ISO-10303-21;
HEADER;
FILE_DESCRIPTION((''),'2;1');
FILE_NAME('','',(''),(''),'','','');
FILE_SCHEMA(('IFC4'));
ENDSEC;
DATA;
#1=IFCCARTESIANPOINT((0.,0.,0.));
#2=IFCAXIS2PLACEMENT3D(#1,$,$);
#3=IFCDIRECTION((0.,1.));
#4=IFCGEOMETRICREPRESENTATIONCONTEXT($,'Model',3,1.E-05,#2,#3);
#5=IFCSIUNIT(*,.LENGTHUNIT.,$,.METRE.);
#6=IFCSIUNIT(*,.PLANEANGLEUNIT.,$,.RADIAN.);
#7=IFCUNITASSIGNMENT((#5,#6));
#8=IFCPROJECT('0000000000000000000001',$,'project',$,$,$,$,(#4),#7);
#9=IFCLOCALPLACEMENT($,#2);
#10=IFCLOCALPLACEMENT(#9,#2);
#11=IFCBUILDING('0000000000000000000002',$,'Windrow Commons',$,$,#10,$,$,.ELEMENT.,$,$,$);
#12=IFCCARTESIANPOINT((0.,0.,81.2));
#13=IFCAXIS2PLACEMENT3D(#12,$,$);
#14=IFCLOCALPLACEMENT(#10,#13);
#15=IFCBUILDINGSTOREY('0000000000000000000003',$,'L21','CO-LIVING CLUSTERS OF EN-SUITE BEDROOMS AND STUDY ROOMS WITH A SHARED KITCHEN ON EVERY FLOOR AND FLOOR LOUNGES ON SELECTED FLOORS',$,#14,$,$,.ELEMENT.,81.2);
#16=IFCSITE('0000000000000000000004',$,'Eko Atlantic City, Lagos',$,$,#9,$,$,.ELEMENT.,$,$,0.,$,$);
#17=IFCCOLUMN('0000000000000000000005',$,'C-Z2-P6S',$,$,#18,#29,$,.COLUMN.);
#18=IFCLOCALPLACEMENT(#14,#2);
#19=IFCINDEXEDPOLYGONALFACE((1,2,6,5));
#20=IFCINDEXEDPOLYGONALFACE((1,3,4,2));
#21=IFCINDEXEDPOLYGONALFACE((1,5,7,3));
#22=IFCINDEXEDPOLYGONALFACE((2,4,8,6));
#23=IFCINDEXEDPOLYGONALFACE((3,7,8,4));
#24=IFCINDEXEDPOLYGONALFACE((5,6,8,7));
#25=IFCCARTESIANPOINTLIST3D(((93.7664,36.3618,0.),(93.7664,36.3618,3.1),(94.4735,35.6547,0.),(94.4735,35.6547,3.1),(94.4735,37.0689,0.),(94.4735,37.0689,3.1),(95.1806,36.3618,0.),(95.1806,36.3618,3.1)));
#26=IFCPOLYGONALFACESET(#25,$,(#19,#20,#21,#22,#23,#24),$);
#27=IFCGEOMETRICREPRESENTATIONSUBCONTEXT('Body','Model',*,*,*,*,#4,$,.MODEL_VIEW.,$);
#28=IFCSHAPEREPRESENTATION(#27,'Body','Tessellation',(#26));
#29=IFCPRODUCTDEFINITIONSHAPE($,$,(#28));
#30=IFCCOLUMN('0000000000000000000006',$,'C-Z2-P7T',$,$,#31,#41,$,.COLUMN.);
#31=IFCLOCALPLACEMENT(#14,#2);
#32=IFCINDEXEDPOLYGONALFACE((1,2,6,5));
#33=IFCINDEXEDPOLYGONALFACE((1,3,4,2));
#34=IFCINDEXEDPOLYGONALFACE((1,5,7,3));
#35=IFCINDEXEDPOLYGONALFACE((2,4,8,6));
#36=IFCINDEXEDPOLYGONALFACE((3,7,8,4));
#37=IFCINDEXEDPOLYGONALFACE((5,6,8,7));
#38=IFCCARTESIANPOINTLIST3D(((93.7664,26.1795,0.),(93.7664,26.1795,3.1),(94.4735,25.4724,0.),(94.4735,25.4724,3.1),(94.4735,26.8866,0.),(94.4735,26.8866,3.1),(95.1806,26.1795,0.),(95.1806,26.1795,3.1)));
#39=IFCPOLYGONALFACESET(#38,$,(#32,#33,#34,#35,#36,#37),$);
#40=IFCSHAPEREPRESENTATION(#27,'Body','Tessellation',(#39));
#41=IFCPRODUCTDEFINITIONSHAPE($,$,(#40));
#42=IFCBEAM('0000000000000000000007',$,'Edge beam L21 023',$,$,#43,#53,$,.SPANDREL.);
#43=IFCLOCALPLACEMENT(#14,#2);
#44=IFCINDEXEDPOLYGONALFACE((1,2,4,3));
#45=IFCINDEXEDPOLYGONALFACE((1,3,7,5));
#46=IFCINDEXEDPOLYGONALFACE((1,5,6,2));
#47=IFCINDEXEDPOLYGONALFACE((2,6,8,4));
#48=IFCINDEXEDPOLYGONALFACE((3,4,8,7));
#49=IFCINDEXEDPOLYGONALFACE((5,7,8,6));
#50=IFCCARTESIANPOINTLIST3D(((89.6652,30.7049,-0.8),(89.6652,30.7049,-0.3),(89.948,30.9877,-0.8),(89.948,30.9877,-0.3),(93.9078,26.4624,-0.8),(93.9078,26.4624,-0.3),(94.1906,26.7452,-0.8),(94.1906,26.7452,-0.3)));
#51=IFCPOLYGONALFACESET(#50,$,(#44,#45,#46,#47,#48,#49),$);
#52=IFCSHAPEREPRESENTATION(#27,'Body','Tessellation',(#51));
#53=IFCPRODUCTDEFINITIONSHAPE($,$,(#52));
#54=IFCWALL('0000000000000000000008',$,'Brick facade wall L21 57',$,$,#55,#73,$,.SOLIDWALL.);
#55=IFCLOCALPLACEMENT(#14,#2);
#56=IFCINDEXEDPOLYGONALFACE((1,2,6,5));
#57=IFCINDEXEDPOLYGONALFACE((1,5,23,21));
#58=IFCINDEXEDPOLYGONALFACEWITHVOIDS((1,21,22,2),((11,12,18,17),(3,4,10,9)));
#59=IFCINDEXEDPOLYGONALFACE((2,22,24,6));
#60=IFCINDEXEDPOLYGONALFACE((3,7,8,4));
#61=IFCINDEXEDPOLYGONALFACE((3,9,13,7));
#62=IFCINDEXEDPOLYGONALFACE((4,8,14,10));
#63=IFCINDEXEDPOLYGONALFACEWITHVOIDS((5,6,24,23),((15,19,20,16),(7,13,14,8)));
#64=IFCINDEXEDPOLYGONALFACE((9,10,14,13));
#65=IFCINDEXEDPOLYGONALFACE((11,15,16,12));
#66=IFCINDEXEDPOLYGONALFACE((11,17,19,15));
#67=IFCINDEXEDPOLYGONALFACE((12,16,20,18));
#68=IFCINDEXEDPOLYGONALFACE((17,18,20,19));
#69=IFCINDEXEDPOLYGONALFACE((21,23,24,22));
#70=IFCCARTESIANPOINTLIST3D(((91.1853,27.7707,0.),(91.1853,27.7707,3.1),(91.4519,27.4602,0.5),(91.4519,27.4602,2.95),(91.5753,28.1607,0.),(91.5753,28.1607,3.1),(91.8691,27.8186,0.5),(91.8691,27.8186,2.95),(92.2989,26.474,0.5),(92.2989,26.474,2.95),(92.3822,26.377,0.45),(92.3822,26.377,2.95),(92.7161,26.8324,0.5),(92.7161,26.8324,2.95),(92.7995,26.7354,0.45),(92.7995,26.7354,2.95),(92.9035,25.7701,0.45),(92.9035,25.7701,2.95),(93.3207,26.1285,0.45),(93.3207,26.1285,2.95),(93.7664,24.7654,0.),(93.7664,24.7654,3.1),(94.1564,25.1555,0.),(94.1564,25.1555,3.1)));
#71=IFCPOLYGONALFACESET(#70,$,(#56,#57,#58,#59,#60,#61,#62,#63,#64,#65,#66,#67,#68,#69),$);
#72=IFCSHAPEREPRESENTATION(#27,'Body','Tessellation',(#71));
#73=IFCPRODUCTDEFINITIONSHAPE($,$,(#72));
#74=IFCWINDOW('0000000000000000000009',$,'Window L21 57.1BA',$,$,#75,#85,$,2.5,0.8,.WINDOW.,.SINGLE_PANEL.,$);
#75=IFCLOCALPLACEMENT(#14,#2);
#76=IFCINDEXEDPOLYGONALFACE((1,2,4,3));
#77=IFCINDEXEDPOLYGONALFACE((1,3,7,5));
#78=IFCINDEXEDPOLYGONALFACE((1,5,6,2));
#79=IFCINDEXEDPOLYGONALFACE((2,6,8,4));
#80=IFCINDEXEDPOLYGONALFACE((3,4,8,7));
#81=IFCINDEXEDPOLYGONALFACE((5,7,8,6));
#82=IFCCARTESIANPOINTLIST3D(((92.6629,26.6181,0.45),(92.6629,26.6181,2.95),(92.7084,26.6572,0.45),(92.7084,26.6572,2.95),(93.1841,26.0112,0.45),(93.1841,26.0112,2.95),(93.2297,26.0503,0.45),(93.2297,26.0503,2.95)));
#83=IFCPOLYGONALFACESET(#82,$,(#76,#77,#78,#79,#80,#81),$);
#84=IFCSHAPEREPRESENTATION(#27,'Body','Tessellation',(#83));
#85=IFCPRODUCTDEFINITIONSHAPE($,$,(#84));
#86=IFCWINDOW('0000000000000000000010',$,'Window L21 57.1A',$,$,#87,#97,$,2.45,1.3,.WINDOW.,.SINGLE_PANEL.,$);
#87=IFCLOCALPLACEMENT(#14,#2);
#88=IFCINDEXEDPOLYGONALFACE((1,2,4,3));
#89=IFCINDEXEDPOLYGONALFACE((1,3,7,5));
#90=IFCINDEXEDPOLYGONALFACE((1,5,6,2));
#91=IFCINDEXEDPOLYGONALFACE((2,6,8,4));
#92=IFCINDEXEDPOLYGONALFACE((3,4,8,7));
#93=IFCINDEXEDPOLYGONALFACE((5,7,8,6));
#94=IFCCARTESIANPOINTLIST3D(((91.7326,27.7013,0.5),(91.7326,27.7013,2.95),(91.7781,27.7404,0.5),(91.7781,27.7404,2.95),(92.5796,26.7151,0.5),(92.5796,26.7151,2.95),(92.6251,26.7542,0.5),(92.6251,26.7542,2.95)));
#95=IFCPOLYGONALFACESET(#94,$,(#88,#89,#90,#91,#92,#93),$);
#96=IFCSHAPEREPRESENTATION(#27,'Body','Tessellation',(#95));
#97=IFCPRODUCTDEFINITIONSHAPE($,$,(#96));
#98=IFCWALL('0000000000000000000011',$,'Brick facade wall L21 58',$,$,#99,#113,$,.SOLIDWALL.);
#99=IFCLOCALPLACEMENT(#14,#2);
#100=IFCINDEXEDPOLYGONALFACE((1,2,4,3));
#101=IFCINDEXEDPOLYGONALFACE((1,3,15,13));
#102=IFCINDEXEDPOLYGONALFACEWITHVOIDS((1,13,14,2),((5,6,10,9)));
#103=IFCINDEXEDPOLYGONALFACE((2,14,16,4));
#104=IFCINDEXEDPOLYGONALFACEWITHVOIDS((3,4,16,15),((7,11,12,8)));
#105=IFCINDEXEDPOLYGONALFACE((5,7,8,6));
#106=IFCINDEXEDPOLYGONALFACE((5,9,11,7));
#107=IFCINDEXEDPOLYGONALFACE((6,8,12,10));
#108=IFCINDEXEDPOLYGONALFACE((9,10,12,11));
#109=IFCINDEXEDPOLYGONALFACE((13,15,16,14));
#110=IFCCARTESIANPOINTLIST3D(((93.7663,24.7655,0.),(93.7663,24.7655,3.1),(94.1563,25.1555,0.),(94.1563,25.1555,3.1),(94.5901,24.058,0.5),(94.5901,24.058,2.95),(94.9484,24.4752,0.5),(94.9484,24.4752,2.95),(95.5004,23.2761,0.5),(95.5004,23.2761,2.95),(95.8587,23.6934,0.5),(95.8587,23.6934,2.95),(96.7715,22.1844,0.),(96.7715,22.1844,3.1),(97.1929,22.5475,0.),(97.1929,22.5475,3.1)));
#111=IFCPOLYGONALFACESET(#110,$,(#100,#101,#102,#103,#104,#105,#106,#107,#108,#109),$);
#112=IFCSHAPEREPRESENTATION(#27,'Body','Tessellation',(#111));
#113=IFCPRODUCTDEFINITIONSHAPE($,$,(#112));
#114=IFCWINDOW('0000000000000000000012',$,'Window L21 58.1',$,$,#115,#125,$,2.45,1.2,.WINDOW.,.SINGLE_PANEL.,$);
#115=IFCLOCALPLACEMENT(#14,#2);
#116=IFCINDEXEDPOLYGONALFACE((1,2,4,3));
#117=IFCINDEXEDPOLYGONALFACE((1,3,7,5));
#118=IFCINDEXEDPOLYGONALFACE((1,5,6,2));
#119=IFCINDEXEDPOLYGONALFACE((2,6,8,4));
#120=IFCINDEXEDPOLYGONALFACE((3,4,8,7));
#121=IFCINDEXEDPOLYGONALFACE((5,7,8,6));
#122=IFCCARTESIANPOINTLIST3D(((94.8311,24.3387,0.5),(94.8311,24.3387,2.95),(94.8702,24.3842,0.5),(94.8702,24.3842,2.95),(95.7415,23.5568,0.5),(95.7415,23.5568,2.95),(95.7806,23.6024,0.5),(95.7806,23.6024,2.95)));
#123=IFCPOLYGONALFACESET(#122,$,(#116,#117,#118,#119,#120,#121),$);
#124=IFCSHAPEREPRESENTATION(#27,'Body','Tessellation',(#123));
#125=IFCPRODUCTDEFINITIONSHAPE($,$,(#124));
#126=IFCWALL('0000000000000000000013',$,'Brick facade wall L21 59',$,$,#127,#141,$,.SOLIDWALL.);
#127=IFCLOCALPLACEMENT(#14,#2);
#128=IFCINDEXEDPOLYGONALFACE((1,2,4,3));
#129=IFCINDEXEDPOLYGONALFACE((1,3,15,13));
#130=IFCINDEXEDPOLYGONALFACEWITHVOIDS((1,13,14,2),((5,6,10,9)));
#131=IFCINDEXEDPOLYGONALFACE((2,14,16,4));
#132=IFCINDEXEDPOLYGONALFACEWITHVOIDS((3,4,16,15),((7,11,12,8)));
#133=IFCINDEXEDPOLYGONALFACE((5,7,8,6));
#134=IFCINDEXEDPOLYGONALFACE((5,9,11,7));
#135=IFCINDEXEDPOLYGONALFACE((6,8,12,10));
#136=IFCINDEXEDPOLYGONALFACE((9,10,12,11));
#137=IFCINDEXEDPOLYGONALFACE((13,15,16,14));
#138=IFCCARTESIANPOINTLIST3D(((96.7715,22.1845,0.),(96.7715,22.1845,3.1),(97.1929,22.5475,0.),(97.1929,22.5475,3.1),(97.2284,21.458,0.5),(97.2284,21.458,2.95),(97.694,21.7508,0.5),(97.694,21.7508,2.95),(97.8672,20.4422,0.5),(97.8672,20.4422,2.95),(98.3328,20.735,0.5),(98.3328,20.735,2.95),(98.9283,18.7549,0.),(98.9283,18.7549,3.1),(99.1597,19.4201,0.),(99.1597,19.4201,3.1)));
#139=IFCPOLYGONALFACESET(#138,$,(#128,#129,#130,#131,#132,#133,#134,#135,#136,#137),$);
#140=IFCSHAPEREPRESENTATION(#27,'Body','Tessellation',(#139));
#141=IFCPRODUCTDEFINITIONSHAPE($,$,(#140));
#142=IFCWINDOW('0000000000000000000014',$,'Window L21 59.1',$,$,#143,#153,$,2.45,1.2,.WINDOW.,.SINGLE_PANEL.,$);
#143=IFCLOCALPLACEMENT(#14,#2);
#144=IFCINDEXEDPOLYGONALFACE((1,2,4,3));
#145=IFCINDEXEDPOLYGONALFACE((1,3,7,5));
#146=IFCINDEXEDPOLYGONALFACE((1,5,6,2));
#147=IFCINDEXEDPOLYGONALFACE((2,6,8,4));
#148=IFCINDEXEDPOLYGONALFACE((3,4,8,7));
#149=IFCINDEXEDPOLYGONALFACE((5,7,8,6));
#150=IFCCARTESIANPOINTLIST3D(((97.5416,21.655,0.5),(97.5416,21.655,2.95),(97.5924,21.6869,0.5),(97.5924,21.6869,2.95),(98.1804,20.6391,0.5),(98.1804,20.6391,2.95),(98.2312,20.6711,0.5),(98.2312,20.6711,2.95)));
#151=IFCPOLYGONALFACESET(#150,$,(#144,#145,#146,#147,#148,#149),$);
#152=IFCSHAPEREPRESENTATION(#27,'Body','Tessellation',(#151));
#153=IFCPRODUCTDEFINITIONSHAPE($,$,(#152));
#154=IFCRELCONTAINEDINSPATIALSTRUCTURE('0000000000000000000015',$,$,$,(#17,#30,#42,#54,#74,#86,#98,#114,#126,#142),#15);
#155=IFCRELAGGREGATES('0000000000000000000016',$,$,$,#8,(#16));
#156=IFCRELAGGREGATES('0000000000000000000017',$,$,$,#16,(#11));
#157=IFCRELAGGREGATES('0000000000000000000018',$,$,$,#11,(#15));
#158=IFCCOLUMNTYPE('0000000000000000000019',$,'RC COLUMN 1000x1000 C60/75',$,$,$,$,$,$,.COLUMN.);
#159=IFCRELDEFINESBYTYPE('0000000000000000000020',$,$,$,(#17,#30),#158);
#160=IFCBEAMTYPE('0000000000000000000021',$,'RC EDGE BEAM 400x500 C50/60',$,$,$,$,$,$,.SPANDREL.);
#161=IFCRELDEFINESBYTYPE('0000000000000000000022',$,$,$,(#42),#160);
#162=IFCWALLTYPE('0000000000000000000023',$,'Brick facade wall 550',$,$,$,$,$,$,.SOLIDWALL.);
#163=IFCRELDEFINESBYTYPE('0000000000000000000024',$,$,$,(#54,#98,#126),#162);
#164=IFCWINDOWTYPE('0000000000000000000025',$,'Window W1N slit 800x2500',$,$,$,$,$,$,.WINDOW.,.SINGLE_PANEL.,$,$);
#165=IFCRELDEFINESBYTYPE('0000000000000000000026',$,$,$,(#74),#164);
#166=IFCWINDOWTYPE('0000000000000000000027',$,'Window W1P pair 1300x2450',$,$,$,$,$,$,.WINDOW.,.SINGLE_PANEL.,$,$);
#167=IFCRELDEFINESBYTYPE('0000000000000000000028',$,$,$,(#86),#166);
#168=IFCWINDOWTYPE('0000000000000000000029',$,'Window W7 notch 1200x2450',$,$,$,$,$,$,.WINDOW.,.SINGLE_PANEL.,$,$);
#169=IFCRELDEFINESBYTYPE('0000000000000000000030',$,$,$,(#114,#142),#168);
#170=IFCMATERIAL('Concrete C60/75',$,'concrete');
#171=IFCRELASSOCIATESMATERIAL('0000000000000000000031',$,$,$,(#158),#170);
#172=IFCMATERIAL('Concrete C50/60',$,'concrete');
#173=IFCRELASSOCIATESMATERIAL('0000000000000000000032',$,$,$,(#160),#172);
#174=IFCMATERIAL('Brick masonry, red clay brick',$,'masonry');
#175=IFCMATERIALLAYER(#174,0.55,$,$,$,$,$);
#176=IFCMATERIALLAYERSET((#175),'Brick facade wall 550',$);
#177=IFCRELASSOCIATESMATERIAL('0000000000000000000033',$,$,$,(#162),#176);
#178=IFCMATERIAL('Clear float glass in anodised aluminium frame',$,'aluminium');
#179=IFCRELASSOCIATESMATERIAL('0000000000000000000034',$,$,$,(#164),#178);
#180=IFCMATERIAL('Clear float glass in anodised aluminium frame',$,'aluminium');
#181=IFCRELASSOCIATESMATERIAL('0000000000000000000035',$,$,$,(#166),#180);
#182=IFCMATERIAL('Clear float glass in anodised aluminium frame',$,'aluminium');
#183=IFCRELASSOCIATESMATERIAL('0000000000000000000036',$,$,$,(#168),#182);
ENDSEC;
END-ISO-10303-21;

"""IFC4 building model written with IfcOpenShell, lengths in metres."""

from ifc_helpers import new_model, si_unit, direction, frame, frame_2d, origin, origin_2d, place, context, subcontext, project, spatial, polyline, rectangle, outline, extrude, material, layer, layer_set, material_profile, profile_set, type_object, element, fill, save


model = new_model("IFC4")

# Units and contexts
model_context = context("Model", 3, precision=1e-05, world=origin(), true_north=direction((0.0, 1.0)))
body_context = subcontext(model_context, "Body", "Model", "MODEL_VIEW")
ifc_project = project(units=[si_unit("LENGTHUNIT", "METRE"), si_unit("PLANEANGLEUNIT", "RADIAN")], contexts=[model_context])

# Site, building, storey
site_placement = place(None, origin())
site = spatial("IfcSite", under=ifc_project, at=site_placement, Name="Eko Atlantic City, Lagos", CompositionType="ELEMENT", RefElevation=0.0)
building_placement = place(site_placement, origin())
building = spatial("IfcBuilding", under=site, at=building_placement, Name="Windrow Commons", CompositionType="ELEMENT")
storey_placement = place(building_placement, frame((0.0, 0.0, 81.2)))
storey = spatial("IfcBuildingStorey", under=building, at=storey_placement, Name="L21", Description="CO-LIVING CLUSTERS OF EN-SUITE BEDROOMS AND STUDY ROOMS WITH A SHARED KITCHEN ON EVERY FLOOR AND FLOOR LOUNGES ON SELECTED FLOORS", CompositionType="ELEMENT", Elevation=81.2)

# Columns
ifc_material_1 = material(Name="Concrete C60/75", Category="concrete")
ifc_material_profile_1 = material_profile(ifc_material_1, rectangle(XDim=1.0, YDim=1.0, at=origin_2d()))
ifc_profile_set_1 = profile_set([ifc_material_profile_1], Name="Concrete C60/75")
column_type = type_object("IfcColumnType", Name="RC COLUMN 1000x1000 C60/75", PredefinedType="COLUMN", material=ifc_profile_set_1)
for number, where, z_axis, x_axis, name in (
    (1, (94.4735, 36.3618, 0.0), (0.0, 0.0, 1.0), (0.707107, -0.707107, 0.0), "C-Z2-P6S"),
    (2, (94.4735, 26.1795, 0.0), (0.0, 0.0, 1.0), (0.707107, -0.707107, 0.0), "C-Z2-P7T"),
):
    element("IfcColumn", number, at=place(storey_placement, frame(where, z_axis=z_axis, x_axis=x_axis)), inside=storey, type_object=column_type, Name=name, PredefinedType="COLUMN", context=body_context, shape_type="SweptSolid", body=[
        extrude(rectangle(XDim=1.0, YDim=1.0, at=origin_2d()), origin(), (0.0, 0.0, 1.0), 3.1),
    ])

# Beam
ifc_material_2 = material(Name="Concrete C50/60", Category="concrete")
ifc_material_profile_2 = material_profile(ifc_material_2, rectangle(XDim=0.4, YDim=0.5, at=origin_2d()))
ifc_profile_set_2 = profile_set([ifc_material_profile_2], Name="Concrete C50/60")
beam_type = type_object("IfcBeamType", Name="RC EDGE BEAM 400x500 C50/60", PredefinedType="SPANDREL", material=ifc_profile_set_2)
beam_placement = place(storey_placement, frame((94.0492, 26.6038, -0.55), z_axis=(-0.707115, 0.707098, 0.0), x_axis=(-0.707098, -0.707115, 0.0)))
element("IfcBeam", 3, at=beam_placement, inside=storey, type_object=beam_type, Name="Edge beam L21 023", PredefinedType="SPANDREL", context=body_context, shape_type="SweptSolid", body=[
    extrude(rectangle(XDim=0.4, YDim=0.5, at=origin_2d()), origin(), (0.0, 0.0, 1.0), 5.9999),
])

# Wall, openings, windows
ifc_material_3 = material(Name="Brick masonry, red clay brick", Category="masonry")
ifc_layer_1 = layer(ifc_material_3, 0.55)
ifc_layer_set_1 = layer_set([ifc_layer_1], Name="Brick facade wall 550")
wall_type_1 = type_object("IfcWallType", Name="Brick facade wall 550", PredefinedType="SOLIDWALL", material=ifc_layer_set_1)
wall_1_placement = place(storey_placement, frame((91.3803, 27.9657, 0.0), z_axis=(0.0, 0.0, 1.0), x_axis=(0.651535, -0.758618, 0.0)))
wall_1 = element("IfcWall", 4, at=wall_1_placement, inside=storey, type_object=wall_type_1, Name="Brick facade wall L21 57", PredefinedType="SOLIDWALL", context=body_context, shape_type="SweptSolid", body=[
    extrude(outline(polyline([(0.0209, -0.275), (3.9824, -0.275), (3.9406, 0.275), (-0.0209, 0.275), (0.0209, -0.275)])), origin(), (0.0, 0.0, 1.0), 3.1),
])
opening_1_placement = place(wall_1_placement, frame((0.4301, 0.0, 0.5)))
opening_1 = element("IfcOpeningElement", 5, at=opening_1_placement, cuts=wall_1, PredefinedType="OPENING", context=body_context, shape_type="SweptSolid", body=[
    extrude(rectangle(XDim=1.3, YDim=2.45, at=frame_2d((0.65, 1.225))), frame((0.0, 0.285, 0.0), z_axis=(0.0, -1.0, 0.0), x_axis=(1.0, 0.0, 0.0)), (0.0, 0.0, 1.0), 0.57),
])
opening_2_placement = place(wall_1_placement, frame((1.858, 0.0, 0.45)))
opening_2 = element("IfcOpeningElement", 6, at=opening_2_placement, cuts=wall_1, PredefinedType="OPENING", context=body_context, shape_type="SweptSolid", body=[
    extrude(rectangle(XDim=0.8, YDim=2.5, at=frame_2d((0.4, 1.25))), frame((0.0, 0.285, 0.0), z_axis=(0.0, -1.0, 0.0), x_axis=(1.0, 0.0, 0.0)), (0.0, 0.0, 1.0), 0.57),
])
ifc_material_4 = material(Name="Clear float glass in anodised aluminium frame", Category="aluminium")
window_type_1 = type_object("IfcWindowType", Name="Window W1N slit 800x2500", PartitioningType="SINGLE_PANEL", PredefinedType="WINDOW", material=ifc_material_4)
window_1_placement = place(opening_2_placement, origin())
window_1 = element("IfcWindow", 7, at=window_1_placement, inside=storey, type_object=window_type_1, Name="Window L21 57.1BA", OverallHeight=2.5, OverallWidth=0.8, PartitioningType="SINGLE_PANEL", PredefinedType="WINDOW", context=body_context, shape_type="SweptSolid", body=[
    extrude(rectangle(XDim=0.8, YDim=2.5, at=frame_2d((0.4, 1.25))), frame((0.0, 0.155, 0.0), z_axis=(0.0, -1.0, 0.0), x_axis=(1.0, 0.0, 0.0)), (0.0, 0.0, 1.0), 0.06),
])
fill(opening_2, window_1)
ifc_material_5 = material(Name="Clear float glass in anodised aluminium frame", Category="aluminium")
window_type_2 = type_object("IfcWindowType", Name="Window W1P pair 1300x2450", PartitioningType="SINGLE_PANEL", PredefinedType="WINDOW", material=ifc_material_5)
window_2_placement = place(opening_1_placement, origin())
window_2 = element("IfcWindow", 8, at=window_2_placement, inside=storey, type_object=window_type_2, Name="Window L21 57.1A", OverallHeight=2.45, OverallWidth=1.3, PartitioningType="SINGLE_PANEL", PredefinedType="WINDOW", context=body_context, shape_type="SweptSolid", body=[
    extrude(rectangle(XDim=1.3, YDim=2.45, at=frame_2d((0.65, 1.225))), frame((0.0, 0.155, 0.0), z_axis=(0.0, -1.0, 0.0), x_axis=(1.0, 0.0, 0.0)), (0.0, 0.0, 1.0), 0.06),
])
fill(opening_1, window_2)

# Walls, openings, windows
wall_2_placement = place(storey_placement, frame((93.9613, 24.9605, 0.0), z_axis=(0.0, 0.0, 1.0), x_axis=(0.758616, -0.651538, 0.0)))
wall_2 = element("IfcWall", 9, at=wall_2_placement, inside=storey, type_object=wall_type_1, Name="Brick facade wall L21 58", PredefinedType="SOLIDWALL", context=body_context, shape_type="SweptSolid", body=[
    extrude(outline(polyline([(-0.0209, -0.275), (3.9406, -0.275), (4.0237, 0.275), (0.0209, 0.275), (-0.0209, -0.275)])), origin(), (0.0, 0.0, 1.0), 3.1),
])
opening_3_placement = place(wall_2_placement, frame((1.065, 0.0, 0.5)))
opening_3 = element("IfcOpeningElement", 10, at=opening_3_placement, cuts=wall_2, PredefinedType="OPENING", context=body_context, shape_type="SweptSolid", body=[
    extrude(rectangle(XDim=1.2, YDim=2.45, at=frame_2d((0.6, 1.225))), frame((0.0, 0.285, 0.0), z_axis=(0.0, -1.0, 0.0), x_axis=(1.0, 0.0, 0.0)), (0.0, 0.0, 1.0), 0.57),
])
ifc_material_6 = material(Name="Clear float glass in anodised aluminium frame", Category="aluminium")
window_type_3 = type_object("IfcWindowType", Name="Window W7 notch 1200x2450", PartitioningType="SINGLE_PANEL", PredefinedType="WINDOW", material=ifc_material_6)
window_3_placement = place(opening_3_placement, origin())
window_3 = element("IfcWindow", 11, at=window_3_placement, inside=storey, type_object=window_type_3, Name="Window L21 58.1", OverallHeight=2.45, OverallWidth=1.2, PartitioningType="SINGLE_PANEL", PredefinedType="WINDOW", context=body_context, shape_type="SweptSolid", body=[
    extrude(rectangle(XDim=1.2, YDim=2.45, at=frame_2d((0.6, 1.225))), frame((0.0, 0.155, 0.0), z_axis=(0.0, -1.0, 0.0), x_axis=(1.0, 0.0, 0.0)), (0.0, 0.0, 1.0), 0.06),
])
fill(opening_3, window_3)
wall_3_placement = place(storey_placement, frame((96.9822, 22.366, 0.0), z_axis=(0.0, 0.0, 1.0), x_axis=(0.532362, -0.846517, 0.0)))
wall_3 = element("IfcWall", 12, at=wall_3_placement, inside=storey, type_object=wall_type_1, Name="Brick facade wall L21 59", PredefinedType="SOLIDWALL", context=body_context, shape_type="SweptSolid", body=[
    extrude(outline(polyline([(0.0415, -0.275), (4.0929, -0.275), (3.653, 0.275), (-0.0415, 0.275), (0.0415, -0.275)])), origin(), (0.0, 0.0, 1.0), 3.1),
])
opening_4_placement = place(wall_3_placement, frame((0.8997, 0.0, 0.5)))
opening_4 = element("IfcOpeningElement", 13, at=opening_4_placement, cuts=wall_3, PredefinedType="OPENING", context=body_context, shape_type="SweptSolid", body=[
    extrude(rectangle(XDim=1.2, YDim=2.45, at=frame_2d((0.6, 1.225))), frame((0.0, 0.285, 0.0), z_axis=(0.0, -1.0, 0.0), x_axis=(1.0, 0.0, 0.0)), (0.0, 0.0, 1.0), 0.57),
])
window_4_placement = place(opening_4_placement, origin())
window_4 = element("IfcWindow", 14, at=window_4_placement, inside=storey, type_object=window_type_3, Name="Window L21 59.1", OverallHeight=2.45, OverallWidth=1.2, PartitioningType="SINGLE_PANEL", PredefinedType="WINDOW", context=body_context, shape_type="SweptSolid", body=[
    extrude(rectangle(XDim=1.2, YDim=2.45, at=frame_2d((0.6, 1.225))), frame((0.0, 0.155, 0.0), z_axis=(0.0, -1.0, 0.0), x_axis=(1.0, 0.0, 0.0)), (0.0, 0.0, 1.0), 0.06),
])
fill(opening_4, window_4)

save(model, "model.ifc")
